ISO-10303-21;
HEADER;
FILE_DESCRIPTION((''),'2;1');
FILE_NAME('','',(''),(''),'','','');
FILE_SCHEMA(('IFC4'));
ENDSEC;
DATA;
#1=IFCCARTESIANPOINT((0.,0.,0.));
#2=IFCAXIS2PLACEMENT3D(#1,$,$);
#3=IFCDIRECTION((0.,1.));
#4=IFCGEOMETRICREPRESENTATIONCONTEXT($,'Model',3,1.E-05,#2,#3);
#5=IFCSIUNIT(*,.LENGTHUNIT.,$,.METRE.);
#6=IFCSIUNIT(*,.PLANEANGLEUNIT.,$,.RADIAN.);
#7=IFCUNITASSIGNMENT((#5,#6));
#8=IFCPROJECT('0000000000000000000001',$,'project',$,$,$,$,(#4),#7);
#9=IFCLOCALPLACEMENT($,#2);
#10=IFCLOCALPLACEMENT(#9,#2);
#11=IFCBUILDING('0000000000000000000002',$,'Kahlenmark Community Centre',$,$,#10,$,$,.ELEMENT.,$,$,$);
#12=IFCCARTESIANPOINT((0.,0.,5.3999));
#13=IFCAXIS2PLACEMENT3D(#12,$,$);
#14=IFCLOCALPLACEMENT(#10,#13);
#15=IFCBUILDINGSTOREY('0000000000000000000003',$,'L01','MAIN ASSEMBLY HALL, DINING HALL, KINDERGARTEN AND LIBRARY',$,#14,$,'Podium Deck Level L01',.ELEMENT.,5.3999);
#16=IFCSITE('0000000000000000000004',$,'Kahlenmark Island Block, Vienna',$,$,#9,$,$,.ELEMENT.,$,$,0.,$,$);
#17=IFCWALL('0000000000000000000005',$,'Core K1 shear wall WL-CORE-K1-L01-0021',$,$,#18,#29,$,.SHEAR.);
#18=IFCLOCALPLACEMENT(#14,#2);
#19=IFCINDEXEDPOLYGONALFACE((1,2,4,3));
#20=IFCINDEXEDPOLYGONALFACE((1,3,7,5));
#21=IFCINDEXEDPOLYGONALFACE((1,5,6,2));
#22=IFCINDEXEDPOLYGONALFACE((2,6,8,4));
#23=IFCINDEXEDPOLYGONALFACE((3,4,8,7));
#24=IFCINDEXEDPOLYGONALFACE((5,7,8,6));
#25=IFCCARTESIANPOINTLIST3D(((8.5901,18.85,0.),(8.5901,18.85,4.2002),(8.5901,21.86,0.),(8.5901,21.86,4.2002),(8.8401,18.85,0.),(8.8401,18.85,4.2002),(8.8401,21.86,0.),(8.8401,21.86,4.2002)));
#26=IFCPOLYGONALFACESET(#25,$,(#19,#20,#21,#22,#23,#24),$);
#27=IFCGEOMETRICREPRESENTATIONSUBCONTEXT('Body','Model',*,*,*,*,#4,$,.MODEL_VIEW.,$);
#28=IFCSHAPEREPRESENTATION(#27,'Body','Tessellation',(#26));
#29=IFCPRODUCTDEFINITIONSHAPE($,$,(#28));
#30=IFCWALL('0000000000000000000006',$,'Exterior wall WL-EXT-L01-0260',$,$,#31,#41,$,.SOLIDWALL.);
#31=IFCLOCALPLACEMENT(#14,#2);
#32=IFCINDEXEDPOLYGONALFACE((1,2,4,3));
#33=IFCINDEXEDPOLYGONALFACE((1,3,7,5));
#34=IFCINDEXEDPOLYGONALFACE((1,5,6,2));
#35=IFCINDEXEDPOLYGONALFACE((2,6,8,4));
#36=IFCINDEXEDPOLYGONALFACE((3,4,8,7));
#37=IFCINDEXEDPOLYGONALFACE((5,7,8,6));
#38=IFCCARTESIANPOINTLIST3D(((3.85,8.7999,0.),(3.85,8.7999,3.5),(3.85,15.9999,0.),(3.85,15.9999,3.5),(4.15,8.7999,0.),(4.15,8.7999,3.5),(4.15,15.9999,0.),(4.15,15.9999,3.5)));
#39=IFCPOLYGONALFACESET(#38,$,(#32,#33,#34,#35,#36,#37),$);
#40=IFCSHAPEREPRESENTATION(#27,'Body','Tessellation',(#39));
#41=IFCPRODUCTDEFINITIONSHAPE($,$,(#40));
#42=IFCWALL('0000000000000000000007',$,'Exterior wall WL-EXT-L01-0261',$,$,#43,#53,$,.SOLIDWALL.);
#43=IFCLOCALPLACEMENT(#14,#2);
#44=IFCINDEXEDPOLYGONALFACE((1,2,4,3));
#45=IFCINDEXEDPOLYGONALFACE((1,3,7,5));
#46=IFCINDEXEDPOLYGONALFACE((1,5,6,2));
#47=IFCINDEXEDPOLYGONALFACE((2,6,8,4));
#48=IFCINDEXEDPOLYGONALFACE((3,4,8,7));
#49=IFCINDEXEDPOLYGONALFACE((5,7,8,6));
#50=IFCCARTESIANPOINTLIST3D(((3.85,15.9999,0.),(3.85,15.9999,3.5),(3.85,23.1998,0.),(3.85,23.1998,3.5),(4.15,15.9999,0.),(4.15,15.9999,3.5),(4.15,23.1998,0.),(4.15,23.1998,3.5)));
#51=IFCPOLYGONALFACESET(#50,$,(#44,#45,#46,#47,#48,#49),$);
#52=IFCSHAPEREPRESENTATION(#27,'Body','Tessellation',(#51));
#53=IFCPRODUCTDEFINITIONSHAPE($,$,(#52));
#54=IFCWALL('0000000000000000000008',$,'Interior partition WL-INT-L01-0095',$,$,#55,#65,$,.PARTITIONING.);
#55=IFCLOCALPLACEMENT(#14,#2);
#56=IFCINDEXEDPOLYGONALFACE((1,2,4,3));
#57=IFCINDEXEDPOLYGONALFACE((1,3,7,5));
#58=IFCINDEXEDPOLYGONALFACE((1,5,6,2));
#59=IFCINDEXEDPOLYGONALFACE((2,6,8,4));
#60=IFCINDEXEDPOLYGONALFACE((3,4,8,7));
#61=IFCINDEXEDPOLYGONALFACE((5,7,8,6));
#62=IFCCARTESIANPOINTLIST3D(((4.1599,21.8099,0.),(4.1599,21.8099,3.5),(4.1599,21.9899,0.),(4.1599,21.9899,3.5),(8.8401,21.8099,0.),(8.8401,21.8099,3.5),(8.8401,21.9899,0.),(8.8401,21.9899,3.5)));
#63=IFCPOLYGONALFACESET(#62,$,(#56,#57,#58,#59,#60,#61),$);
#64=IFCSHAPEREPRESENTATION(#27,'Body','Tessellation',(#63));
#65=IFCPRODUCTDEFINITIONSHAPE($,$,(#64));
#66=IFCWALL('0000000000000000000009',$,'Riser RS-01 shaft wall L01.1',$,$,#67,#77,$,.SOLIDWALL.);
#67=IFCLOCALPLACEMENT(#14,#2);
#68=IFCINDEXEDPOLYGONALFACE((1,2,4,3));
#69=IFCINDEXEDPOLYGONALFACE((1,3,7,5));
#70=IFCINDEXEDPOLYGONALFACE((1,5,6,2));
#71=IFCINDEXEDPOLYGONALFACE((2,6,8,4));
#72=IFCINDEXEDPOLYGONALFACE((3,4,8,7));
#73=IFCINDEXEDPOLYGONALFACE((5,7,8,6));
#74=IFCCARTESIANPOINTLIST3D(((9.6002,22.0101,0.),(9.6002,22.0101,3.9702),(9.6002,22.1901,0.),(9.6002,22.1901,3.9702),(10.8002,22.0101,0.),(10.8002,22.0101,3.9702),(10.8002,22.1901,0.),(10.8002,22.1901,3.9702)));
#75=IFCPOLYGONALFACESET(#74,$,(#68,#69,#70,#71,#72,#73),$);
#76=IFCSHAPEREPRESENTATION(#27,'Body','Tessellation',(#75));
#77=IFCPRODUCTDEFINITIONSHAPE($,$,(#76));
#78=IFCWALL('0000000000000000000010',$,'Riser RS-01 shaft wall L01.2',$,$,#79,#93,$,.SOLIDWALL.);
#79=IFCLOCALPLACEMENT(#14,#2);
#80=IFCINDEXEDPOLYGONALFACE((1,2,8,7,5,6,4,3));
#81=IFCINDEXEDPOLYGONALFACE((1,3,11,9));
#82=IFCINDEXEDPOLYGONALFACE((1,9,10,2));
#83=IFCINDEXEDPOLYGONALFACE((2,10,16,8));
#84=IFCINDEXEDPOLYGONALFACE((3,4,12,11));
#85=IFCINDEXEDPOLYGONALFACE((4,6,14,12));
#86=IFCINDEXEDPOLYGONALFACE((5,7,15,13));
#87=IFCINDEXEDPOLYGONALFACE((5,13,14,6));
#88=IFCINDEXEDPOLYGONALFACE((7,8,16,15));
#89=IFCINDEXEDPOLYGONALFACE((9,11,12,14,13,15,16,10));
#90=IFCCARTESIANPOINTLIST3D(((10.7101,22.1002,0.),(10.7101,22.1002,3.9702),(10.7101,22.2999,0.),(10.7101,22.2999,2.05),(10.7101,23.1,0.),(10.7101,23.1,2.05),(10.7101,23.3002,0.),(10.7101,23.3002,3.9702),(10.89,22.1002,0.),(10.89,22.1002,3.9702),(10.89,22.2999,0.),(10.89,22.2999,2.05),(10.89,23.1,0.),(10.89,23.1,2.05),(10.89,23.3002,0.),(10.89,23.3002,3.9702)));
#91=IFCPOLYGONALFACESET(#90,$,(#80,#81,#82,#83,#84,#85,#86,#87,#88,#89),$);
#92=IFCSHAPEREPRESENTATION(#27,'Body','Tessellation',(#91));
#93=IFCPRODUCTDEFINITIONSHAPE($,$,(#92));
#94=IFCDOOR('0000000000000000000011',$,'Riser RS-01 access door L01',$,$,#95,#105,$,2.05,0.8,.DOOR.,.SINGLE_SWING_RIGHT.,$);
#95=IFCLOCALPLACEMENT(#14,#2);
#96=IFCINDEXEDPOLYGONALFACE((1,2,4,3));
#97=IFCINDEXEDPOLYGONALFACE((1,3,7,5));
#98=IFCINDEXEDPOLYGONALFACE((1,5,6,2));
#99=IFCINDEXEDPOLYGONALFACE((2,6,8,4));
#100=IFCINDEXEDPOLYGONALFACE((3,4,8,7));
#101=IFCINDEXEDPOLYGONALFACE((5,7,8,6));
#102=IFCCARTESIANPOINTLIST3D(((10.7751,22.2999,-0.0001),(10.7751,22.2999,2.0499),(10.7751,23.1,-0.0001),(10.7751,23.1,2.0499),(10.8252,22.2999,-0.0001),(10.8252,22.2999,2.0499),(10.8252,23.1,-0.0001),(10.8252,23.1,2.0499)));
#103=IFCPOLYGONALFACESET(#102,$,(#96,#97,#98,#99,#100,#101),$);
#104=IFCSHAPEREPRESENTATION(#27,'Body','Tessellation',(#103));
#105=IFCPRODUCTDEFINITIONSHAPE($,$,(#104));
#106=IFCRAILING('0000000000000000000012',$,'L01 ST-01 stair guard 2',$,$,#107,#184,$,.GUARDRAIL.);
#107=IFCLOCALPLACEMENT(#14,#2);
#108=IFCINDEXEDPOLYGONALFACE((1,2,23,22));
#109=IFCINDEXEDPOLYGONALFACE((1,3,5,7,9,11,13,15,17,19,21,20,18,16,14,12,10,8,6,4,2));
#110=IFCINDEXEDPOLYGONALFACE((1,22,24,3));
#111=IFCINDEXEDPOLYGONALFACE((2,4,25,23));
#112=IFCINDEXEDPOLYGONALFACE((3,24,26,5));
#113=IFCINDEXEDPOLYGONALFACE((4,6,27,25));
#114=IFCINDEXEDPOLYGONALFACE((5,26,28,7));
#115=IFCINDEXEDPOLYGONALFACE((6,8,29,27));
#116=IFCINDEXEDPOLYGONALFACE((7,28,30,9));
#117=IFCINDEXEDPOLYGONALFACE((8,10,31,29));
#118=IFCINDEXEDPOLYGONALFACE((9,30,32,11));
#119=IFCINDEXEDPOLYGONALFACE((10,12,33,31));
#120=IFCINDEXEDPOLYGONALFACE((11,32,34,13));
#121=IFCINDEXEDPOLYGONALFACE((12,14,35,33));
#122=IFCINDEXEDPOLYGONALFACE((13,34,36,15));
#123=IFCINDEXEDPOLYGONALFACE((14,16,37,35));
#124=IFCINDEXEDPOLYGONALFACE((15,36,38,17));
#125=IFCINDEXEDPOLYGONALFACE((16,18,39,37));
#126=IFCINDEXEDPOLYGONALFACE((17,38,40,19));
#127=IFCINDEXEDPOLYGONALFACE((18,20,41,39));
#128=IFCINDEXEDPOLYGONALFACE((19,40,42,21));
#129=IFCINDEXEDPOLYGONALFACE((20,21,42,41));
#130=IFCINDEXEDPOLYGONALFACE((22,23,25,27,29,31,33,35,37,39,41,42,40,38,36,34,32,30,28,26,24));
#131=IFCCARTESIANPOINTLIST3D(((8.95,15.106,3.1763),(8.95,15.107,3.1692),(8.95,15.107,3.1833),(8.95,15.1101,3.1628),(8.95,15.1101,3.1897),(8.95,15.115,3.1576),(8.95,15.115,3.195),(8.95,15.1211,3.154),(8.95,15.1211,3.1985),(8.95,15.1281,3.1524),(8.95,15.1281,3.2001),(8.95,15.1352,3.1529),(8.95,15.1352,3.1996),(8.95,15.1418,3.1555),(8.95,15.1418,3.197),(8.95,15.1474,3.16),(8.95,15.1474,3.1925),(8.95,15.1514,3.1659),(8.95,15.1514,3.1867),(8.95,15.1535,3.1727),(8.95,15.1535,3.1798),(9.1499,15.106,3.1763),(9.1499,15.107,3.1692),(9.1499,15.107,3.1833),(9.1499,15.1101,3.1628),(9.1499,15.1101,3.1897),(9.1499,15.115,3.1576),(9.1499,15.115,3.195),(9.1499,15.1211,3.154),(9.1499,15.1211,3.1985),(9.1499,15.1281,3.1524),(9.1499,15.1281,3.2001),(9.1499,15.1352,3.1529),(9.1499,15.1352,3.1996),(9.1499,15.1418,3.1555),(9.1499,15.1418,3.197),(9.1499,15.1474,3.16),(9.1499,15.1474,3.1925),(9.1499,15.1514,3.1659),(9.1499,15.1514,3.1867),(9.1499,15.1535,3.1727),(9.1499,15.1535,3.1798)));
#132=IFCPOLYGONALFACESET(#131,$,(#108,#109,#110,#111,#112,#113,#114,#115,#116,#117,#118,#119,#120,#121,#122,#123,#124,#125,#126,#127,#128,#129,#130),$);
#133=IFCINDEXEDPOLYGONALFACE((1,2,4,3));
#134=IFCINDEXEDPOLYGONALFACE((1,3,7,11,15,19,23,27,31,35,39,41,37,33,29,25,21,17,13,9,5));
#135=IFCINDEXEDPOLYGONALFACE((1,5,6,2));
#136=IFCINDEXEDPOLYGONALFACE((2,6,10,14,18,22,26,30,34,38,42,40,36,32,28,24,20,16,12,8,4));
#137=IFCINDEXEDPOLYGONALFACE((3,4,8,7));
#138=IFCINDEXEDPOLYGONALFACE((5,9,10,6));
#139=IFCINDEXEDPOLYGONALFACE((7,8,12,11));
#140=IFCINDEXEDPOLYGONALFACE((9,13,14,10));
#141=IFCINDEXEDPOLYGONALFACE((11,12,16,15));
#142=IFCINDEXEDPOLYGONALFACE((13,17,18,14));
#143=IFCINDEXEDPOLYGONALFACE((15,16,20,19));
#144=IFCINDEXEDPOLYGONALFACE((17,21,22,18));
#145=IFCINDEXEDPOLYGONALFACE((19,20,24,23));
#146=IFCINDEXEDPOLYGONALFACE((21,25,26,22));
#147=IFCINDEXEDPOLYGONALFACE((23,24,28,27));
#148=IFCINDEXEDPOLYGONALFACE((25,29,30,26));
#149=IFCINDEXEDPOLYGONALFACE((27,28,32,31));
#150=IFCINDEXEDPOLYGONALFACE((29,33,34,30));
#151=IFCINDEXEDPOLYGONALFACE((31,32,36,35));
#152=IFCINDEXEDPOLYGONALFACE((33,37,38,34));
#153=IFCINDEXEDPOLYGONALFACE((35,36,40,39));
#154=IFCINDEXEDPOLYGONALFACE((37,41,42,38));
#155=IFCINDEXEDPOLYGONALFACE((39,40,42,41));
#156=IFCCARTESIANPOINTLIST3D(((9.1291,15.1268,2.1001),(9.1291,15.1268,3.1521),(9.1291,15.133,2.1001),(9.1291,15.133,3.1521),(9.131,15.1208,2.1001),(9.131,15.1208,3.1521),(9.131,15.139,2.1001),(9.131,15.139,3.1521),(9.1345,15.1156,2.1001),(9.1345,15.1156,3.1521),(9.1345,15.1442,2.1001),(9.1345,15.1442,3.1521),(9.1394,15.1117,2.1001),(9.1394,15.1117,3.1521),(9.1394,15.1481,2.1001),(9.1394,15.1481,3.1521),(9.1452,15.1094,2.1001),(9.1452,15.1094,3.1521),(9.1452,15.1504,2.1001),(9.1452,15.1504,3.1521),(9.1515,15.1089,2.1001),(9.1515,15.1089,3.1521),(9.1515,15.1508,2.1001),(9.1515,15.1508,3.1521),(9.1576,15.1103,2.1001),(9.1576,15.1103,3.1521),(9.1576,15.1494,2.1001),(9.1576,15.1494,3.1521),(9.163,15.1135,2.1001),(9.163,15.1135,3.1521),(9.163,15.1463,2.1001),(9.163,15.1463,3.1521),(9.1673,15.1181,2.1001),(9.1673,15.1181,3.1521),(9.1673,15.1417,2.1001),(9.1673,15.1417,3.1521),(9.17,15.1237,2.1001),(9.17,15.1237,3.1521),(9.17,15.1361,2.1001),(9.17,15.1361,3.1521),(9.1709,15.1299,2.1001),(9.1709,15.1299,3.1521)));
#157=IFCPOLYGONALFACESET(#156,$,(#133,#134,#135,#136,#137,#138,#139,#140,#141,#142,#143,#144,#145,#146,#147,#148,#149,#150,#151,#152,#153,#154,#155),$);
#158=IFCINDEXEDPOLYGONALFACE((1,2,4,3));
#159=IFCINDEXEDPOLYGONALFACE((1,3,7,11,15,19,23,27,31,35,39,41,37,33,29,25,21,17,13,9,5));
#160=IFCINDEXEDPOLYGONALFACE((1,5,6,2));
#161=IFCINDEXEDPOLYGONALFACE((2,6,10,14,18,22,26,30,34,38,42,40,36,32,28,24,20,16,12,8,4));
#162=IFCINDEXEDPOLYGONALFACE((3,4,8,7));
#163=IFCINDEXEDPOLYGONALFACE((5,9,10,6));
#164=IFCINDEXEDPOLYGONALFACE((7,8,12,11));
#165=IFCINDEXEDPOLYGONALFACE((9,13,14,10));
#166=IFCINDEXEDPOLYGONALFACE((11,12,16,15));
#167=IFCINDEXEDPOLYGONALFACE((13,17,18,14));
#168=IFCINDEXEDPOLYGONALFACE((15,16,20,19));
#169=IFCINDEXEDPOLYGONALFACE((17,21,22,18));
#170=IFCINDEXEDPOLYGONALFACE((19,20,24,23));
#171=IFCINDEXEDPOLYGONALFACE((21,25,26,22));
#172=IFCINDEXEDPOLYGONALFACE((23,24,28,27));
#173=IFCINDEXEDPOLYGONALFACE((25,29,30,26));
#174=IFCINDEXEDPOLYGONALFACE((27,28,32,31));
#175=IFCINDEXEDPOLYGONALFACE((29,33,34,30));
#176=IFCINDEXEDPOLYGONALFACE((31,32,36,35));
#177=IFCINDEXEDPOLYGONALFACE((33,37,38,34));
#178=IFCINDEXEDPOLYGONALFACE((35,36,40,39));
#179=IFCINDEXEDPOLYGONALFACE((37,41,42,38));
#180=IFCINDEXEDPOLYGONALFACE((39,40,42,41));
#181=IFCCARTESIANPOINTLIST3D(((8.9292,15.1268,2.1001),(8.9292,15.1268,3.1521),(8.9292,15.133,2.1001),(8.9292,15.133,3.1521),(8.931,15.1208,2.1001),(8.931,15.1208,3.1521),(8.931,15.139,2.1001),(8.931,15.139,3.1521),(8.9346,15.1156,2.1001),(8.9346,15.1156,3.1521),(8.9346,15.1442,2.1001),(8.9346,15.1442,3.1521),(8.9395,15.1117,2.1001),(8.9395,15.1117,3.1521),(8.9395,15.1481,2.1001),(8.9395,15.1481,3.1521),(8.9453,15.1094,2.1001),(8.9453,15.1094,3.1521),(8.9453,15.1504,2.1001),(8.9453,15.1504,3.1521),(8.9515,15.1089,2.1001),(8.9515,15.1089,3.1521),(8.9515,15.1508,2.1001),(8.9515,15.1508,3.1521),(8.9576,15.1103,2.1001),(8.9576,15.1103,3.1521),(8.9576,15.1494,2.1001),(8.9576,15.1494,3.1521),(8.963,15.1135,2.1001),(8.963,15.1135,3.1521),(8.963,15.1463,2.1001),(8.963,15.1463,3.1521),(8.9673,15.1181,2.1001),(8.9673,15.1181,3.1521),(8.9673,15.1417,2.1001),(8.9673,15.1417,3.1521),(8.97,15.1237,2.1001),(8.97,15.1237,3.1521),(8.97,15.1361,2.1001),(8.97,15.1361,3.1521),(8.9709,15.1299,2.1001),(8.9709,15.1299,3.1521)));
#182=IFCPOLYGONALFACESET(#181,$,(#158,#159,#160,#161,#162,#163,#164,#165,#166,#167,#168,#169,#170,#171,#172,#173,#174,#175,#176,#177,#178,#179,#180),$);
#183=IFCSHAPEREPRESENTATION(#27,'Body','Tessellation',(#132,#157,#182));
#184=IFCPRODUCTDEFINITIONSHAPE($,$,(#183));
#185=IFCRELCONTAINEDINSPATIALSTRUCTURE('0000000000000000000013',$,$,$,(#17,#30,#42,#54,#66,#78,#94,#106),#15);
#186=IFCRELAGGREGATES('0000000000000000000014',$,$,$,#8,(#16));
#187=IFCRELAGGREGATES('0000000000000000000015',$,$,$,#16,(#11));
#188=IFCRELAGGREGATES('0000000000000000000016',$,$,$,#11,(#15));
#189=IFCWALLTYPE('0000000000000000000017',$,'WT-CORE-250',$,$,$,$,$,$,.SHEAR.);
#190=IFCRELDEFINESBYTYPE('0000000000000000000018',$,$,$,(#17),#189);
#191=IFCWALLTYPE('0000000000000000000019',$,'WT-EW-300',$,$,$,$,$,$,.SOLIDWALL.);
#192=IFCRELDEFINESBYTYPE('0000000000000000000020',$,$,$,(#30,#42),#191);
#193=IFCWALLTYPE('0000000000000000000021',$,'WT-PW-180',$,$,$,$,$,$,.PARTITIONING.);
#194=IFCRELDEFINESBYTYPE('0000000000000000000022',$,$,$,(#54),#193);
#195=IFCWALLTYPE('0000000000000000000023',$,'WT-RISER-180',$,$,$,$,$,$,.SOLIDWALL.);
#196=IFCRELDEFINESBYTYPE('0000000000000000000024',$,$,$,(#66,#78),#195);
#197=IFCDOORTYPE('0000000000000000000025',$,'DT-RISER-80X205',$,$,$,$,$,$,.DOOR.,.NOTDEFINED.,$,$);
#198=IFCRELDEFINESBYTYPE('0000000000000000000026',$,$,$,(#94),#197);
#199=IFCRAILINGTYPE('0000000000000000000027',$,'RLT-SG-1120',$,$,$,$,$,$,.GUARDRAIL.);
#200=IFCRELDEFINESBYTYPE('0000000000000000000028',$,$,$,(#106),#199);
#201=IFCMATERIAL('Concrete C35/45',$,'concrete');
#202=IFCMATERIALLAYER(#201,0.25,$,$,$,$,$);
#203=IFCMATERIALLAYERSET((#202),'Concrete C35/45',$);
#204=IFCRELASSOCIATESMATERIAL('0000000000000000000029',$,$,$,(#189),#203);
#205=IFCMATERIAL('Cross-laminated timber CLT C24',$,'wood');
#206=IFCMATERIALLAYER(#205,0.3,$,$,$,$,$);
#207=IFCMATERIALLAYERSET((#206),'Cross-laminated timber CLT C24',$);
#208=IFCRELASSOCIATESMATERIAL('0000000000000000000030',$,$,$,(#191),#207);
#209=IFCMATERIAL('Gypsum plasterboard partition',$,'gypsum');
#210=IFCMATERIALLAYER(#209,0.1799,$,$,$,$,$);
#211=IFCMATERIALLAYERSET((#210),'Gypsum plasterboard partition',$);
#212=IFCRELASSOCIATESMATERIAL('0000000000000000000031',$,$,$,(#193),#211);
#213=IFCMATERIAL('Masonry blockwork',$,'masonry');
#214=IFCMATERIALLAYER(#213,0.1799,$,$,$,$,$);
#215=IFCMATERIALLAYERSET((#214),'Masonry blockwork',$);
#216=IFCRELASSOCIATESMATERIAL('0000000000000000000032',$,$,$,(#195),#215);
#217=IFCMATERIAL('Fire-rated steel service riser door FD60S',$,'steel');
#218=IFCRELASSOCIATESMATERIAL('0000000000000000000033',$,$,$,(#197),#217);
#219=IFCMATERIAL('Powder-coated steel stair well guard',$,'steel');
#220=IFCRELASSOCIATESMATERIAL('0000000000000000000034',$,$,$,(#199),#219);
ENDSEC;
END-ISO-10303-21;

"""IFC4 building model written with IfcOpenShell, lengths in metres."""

from ifc_helpers import new_model, si_unit, direction, frame, frame_2d, origin, origin_2d, place, context, subcontext, project, spatial, rectangle, circle, extrude, material, layer, layer_set, type_object, element, fill, save


model = new_model("IFC4")

# Units and contexts
model_context = context("Model", 3, precision=1e-05, world=origin(), true_north=direction((0.0, 1.0)))
body_context = subcontext(model_context, "Body", "Model", "MODEL_VIEW")
ifc_project = project(units=[si_unit("LENGTHUNIT", "METRE"), si_unit("PLANEANGLEUNIT", "RADIAN")], contexts=[model_context])

# Site, building, storey
site_placement = place(None, origin())
site = spatial("IfcSite", under=ifc_project, at=site_placement, Name="Kahlenmark Island Block, Vienna", CompositionType="ELEMENT", RefElevation=0.0)
building_placement = place(site_placement, origin())
building = spatial("IfcBuilding", under=site, at=building_placement, Name="Kahlenmark Community Centre", CompositionType="ELEMENT")
storey_placement = place(building_placement, frame((0.0, 0.0, 5.3999)))
storey = spatial("IfcBuildingStorey", under=building, at=storey_placement, Name="L01", Description="MAIN ASSEMBLY HALL, DINING HALL, KINDERGARTEN AND LIBRARY", LongName="Podium Deck Level L01", CompositionType="ELEMENT", Elevation=5.3999)

# Shared definitions
ifc_material_1 = material(Name="Concrete C35/45", Category="concrete")

# Shared definitions
ifc_layer_1 = layer(ifc_material_1, 0.25)
ifc_layer_set_1 = layer_set([ifc_layer_1], Name="Concrete C35/45")
wall_type_1 = type_object("IfcWallType", Name="WT-CORE-250", PredefinedType="SHEAR", material=ifc_layer_set_1)

# Walls
wall_1_placement = place(storey_placement, frame((8.7151, 18.8501, 0.0), z_axis=(0.0, 0.0, 1.0), x_axis=(0.0, 1.0, 0.0)))
element("IfcWall", 1, at=wall_1_placement, inside=storey, type_object=wall_type_1, Name="Core K1 shear wall WL-CORE-K1-L01-0021", PredefinedType="SHEAR", context=body_context, shape_type="SweptSolid", body=[
    extrude(rectangle(XDim=3.01, YDim=0.25, at=frame_2d((1.5049, 0.0))), origin(), (0.0, 0.0, 1.0), 4.2002),
])
ifc_material_2 = material(Name="Cross-laminated timber CLT C24", Category="wood")
ifc_layer_2 = layer(ifc_material_2, 0.3)
ifc_layer_set_2 = layer_set([ifc_layer_2], Name="Cross-laminated timber CLT C24")
wall_type_2 = type_object("IfcWallType", Name="WT-EW-300", PredefinedType="SOLIDWALL", material=ifc_layer_set_2)
for number, where, z_axis, x_axis, name in (
    (2, (4.0, 16.0, 0.0), (0.0, 0.0, 1.0), (0.0, -1.0, 0.0), "Exterior wall WL-EXT-L01-0260"),
    (3, (4.0, 23.2, 0.0), (0.0, 0.0, 1.0), (0.0, -1.0, 0.0), "Exterior wall WL-EXT-L01-0261"),
):
    element("IfcWall", number, at=place(storey_placement, frame(where, z_axis=z_axis, x_axis=x_axis)), inside=storey, type_object=wall_type_2, Name=name, PredefinedType="SOLIDWALL", context=body_context, shape_type="SweptSolid", body=[
        extrude(rectangle(XDim=7.2, YDim=0.3, at=frame_2d((3.6001, 0.0))), origin(), (0.0, 0.0, 1.0), 3.5),
    ])
ifc_material_3 = material(Name="Gypsum plasterboard partition", Category="gypsum")
ifc_layer_3 = layer(ifc_material_3, 0.1799)
ifc_layer_set_3 = layer_set([ifc_layer_3], Name="Gypsum plasterboard partition")
wall_type_3 = type_object("IfcWallType", Name="WT-PW-180", PredefinedType="PARTITIONING", material=ifc_layer_set_3)
wall_2_placement = place(storey_placement, frame((4.1599, 21.8999, 0.0), z_axis=(0.0, 0.0, 1.0), x_axis=(1.0, 0.0, 0.0)))
element("IfcWall", 4, at=wall_2_placement, inside=storey, type_object=wall_type_3, Name="Interior partition WL-INT-L01-0095", PredefinedType="PARTITIONING", context=body_context, shape_type="SweptSolid", body=[
    extrude(rectangle(XDim=4.6802, YDim=0.1799, at=frame_2d((2.3401, 0.0))), origin(), (0.0, 0.0, 1.0), 3.5),
])
ifc_material_4 = material(Name="Masonry blockwork", Category="masonry")
ifc_layer_4 = layer(ifc_material_4, 0.1799)
ifc_layer_set_4 = layer_set([ifc_layer_4], Name="Masonry blockwork")
wall_type_4 = type_object("IfcWallType", Name="WT-RISER-180", PredefinedType="SOLIDWALL", material=ifc_layer_set_4)
wall_3_placement = place(storey_placement, frame((9.6001, 22.1001, 0.0), z_axis=(0.0, 0.0, 1.0), x_axis=(1.0, 0.0, 0.0)))
element("IfcWall", 5, at=wall_3_placement, inside=storey, type_object=wall_type_4, Name="Riser RS-01 shaft wall L01.1", PredefinedType="SOLIDWALL", context=body_context, shape_type="SweptSolid", body=[
    extrude(rectangle(XDim=1.2, YDim=0.1799, at=frame_2d((0.6001, 0.0))), origin(), (0.0, 0.0, 1.0), 3.9702),
])

# Wall, opening, door
wall_4_placement = place(storey_placement, frame((10.8, 22.1001, 0.0), z_axis=(0.0, 0.0, 1.0), x_axis=(0.0, 1.0, 0.0)))
wall_4 = element("IfcWall", 6, at=wall_4_placement, inside=storey, type_object=wall_type_4, Name="Riser RS-01 shaft wall L01.2", PredefinedType="SOLIDWALL", context=body_context, shape_type="SweptSolid", body=[
    extrude(rectangle(XDim=1.2, YDim=0.1799, at=frame_2d((0.6001, 0.0))), origin(), (0.0, 0.0, 1.0), 3.9702),
])
opening_1_placement = place(wall_4_placement, frame((0.2, 0.0, -0.01)))
opening_1 = element("IfcOpeningElement", 7, at=opening_1_placement, cuts=wall_4, PredefinedType="OPENING", context=body_context, shape_type="SweptSolid", body=[
    extrude(rectangle(XDim=0.8, YDim=2.0601, at=frame_2d((0.3999, 1.03))), frame((0.0, 0.0999, 0.0), z_axis=(0.0, -1.0, 0.0), x_axis=(1.0, 0.0, 0.0)), (0.0, 0.0, 1.0), 0.2),
])
ifc_material_5 = material(Name="Fire-rated steel service riser door FD60S", Category="steel")
door_type_1 = type_object("IfcDoorType", Name="DT-RISER-80X205", OperationType="NOTDEFINED", PredefinedType="DOOR", material=ifc_material_5)
door_1_placement = place(opening_1_placement, frame((0.0, 0.0, 0.01)))
door_1 = element("IfcDoor", 8, at=door_1_placement, inside=storey, type_object=door_type_1, Name="Riser RS-01 access door L01", OperationType="SINGLE_SWING_RIGHT", OverallHeight=2.05, OverallWidth=0.8, PredefinedType="DOOR", context=body_context, shape_type="SweptSolid", body=[
    extrude(rectangle(XDim=0.8, YDim=2.05, at=frame_2d((0.3999, 1.0249))), frame((0.0, 0.0249, 0.0), z_axis=(0.0, -1.0, 0.0), x_axis=(1.0, 0.0, 0.0)), (0.0, 0.0, 1.0), 0.05),
])
fill(opening_1, door_1)

# Railing
ifc_material_6 = material(Name="Powder-coated steel stair well guard", Category="steel")
railing_type = type_object("IfcRailingType", Name="RLT-SG-1120", PredefinedType="GUARDRAIL", material=ifc_material_6)
railing_placement = place(storey_placement, frame((9.1499, 15.1299, 2.1001)))
element("IfcRailing", 9, at=railing_placement, inside=storey, type_object=railing_type, Name="L01 ST-01 stair guard 2", PredefinedType="GUARDRAIL", context=body_context, shape_type="SweptSolid", body=[
    extrude(circle(Radius=0.0239, at=origin_2d()), frame((0.0, 0.0, 1.0762), z_axis=(-1.0, 0.0, 0.0), x_axis=(0.0, -1.0, 0.0)), (0.0, 0.0, 1.0), 0.2),
    extrude(circle(Radius=0.021, at=origin_2d()), origin(), (0.0, 0.0, 1.0), 1.052),
    extrude(circle(Radius=0.021, at=origin_2d()), frame((-0.2, 0.0, 0.0)), (0.0, 0.0, 1.0), 1.052),
])

save(model, "model.ifc")
